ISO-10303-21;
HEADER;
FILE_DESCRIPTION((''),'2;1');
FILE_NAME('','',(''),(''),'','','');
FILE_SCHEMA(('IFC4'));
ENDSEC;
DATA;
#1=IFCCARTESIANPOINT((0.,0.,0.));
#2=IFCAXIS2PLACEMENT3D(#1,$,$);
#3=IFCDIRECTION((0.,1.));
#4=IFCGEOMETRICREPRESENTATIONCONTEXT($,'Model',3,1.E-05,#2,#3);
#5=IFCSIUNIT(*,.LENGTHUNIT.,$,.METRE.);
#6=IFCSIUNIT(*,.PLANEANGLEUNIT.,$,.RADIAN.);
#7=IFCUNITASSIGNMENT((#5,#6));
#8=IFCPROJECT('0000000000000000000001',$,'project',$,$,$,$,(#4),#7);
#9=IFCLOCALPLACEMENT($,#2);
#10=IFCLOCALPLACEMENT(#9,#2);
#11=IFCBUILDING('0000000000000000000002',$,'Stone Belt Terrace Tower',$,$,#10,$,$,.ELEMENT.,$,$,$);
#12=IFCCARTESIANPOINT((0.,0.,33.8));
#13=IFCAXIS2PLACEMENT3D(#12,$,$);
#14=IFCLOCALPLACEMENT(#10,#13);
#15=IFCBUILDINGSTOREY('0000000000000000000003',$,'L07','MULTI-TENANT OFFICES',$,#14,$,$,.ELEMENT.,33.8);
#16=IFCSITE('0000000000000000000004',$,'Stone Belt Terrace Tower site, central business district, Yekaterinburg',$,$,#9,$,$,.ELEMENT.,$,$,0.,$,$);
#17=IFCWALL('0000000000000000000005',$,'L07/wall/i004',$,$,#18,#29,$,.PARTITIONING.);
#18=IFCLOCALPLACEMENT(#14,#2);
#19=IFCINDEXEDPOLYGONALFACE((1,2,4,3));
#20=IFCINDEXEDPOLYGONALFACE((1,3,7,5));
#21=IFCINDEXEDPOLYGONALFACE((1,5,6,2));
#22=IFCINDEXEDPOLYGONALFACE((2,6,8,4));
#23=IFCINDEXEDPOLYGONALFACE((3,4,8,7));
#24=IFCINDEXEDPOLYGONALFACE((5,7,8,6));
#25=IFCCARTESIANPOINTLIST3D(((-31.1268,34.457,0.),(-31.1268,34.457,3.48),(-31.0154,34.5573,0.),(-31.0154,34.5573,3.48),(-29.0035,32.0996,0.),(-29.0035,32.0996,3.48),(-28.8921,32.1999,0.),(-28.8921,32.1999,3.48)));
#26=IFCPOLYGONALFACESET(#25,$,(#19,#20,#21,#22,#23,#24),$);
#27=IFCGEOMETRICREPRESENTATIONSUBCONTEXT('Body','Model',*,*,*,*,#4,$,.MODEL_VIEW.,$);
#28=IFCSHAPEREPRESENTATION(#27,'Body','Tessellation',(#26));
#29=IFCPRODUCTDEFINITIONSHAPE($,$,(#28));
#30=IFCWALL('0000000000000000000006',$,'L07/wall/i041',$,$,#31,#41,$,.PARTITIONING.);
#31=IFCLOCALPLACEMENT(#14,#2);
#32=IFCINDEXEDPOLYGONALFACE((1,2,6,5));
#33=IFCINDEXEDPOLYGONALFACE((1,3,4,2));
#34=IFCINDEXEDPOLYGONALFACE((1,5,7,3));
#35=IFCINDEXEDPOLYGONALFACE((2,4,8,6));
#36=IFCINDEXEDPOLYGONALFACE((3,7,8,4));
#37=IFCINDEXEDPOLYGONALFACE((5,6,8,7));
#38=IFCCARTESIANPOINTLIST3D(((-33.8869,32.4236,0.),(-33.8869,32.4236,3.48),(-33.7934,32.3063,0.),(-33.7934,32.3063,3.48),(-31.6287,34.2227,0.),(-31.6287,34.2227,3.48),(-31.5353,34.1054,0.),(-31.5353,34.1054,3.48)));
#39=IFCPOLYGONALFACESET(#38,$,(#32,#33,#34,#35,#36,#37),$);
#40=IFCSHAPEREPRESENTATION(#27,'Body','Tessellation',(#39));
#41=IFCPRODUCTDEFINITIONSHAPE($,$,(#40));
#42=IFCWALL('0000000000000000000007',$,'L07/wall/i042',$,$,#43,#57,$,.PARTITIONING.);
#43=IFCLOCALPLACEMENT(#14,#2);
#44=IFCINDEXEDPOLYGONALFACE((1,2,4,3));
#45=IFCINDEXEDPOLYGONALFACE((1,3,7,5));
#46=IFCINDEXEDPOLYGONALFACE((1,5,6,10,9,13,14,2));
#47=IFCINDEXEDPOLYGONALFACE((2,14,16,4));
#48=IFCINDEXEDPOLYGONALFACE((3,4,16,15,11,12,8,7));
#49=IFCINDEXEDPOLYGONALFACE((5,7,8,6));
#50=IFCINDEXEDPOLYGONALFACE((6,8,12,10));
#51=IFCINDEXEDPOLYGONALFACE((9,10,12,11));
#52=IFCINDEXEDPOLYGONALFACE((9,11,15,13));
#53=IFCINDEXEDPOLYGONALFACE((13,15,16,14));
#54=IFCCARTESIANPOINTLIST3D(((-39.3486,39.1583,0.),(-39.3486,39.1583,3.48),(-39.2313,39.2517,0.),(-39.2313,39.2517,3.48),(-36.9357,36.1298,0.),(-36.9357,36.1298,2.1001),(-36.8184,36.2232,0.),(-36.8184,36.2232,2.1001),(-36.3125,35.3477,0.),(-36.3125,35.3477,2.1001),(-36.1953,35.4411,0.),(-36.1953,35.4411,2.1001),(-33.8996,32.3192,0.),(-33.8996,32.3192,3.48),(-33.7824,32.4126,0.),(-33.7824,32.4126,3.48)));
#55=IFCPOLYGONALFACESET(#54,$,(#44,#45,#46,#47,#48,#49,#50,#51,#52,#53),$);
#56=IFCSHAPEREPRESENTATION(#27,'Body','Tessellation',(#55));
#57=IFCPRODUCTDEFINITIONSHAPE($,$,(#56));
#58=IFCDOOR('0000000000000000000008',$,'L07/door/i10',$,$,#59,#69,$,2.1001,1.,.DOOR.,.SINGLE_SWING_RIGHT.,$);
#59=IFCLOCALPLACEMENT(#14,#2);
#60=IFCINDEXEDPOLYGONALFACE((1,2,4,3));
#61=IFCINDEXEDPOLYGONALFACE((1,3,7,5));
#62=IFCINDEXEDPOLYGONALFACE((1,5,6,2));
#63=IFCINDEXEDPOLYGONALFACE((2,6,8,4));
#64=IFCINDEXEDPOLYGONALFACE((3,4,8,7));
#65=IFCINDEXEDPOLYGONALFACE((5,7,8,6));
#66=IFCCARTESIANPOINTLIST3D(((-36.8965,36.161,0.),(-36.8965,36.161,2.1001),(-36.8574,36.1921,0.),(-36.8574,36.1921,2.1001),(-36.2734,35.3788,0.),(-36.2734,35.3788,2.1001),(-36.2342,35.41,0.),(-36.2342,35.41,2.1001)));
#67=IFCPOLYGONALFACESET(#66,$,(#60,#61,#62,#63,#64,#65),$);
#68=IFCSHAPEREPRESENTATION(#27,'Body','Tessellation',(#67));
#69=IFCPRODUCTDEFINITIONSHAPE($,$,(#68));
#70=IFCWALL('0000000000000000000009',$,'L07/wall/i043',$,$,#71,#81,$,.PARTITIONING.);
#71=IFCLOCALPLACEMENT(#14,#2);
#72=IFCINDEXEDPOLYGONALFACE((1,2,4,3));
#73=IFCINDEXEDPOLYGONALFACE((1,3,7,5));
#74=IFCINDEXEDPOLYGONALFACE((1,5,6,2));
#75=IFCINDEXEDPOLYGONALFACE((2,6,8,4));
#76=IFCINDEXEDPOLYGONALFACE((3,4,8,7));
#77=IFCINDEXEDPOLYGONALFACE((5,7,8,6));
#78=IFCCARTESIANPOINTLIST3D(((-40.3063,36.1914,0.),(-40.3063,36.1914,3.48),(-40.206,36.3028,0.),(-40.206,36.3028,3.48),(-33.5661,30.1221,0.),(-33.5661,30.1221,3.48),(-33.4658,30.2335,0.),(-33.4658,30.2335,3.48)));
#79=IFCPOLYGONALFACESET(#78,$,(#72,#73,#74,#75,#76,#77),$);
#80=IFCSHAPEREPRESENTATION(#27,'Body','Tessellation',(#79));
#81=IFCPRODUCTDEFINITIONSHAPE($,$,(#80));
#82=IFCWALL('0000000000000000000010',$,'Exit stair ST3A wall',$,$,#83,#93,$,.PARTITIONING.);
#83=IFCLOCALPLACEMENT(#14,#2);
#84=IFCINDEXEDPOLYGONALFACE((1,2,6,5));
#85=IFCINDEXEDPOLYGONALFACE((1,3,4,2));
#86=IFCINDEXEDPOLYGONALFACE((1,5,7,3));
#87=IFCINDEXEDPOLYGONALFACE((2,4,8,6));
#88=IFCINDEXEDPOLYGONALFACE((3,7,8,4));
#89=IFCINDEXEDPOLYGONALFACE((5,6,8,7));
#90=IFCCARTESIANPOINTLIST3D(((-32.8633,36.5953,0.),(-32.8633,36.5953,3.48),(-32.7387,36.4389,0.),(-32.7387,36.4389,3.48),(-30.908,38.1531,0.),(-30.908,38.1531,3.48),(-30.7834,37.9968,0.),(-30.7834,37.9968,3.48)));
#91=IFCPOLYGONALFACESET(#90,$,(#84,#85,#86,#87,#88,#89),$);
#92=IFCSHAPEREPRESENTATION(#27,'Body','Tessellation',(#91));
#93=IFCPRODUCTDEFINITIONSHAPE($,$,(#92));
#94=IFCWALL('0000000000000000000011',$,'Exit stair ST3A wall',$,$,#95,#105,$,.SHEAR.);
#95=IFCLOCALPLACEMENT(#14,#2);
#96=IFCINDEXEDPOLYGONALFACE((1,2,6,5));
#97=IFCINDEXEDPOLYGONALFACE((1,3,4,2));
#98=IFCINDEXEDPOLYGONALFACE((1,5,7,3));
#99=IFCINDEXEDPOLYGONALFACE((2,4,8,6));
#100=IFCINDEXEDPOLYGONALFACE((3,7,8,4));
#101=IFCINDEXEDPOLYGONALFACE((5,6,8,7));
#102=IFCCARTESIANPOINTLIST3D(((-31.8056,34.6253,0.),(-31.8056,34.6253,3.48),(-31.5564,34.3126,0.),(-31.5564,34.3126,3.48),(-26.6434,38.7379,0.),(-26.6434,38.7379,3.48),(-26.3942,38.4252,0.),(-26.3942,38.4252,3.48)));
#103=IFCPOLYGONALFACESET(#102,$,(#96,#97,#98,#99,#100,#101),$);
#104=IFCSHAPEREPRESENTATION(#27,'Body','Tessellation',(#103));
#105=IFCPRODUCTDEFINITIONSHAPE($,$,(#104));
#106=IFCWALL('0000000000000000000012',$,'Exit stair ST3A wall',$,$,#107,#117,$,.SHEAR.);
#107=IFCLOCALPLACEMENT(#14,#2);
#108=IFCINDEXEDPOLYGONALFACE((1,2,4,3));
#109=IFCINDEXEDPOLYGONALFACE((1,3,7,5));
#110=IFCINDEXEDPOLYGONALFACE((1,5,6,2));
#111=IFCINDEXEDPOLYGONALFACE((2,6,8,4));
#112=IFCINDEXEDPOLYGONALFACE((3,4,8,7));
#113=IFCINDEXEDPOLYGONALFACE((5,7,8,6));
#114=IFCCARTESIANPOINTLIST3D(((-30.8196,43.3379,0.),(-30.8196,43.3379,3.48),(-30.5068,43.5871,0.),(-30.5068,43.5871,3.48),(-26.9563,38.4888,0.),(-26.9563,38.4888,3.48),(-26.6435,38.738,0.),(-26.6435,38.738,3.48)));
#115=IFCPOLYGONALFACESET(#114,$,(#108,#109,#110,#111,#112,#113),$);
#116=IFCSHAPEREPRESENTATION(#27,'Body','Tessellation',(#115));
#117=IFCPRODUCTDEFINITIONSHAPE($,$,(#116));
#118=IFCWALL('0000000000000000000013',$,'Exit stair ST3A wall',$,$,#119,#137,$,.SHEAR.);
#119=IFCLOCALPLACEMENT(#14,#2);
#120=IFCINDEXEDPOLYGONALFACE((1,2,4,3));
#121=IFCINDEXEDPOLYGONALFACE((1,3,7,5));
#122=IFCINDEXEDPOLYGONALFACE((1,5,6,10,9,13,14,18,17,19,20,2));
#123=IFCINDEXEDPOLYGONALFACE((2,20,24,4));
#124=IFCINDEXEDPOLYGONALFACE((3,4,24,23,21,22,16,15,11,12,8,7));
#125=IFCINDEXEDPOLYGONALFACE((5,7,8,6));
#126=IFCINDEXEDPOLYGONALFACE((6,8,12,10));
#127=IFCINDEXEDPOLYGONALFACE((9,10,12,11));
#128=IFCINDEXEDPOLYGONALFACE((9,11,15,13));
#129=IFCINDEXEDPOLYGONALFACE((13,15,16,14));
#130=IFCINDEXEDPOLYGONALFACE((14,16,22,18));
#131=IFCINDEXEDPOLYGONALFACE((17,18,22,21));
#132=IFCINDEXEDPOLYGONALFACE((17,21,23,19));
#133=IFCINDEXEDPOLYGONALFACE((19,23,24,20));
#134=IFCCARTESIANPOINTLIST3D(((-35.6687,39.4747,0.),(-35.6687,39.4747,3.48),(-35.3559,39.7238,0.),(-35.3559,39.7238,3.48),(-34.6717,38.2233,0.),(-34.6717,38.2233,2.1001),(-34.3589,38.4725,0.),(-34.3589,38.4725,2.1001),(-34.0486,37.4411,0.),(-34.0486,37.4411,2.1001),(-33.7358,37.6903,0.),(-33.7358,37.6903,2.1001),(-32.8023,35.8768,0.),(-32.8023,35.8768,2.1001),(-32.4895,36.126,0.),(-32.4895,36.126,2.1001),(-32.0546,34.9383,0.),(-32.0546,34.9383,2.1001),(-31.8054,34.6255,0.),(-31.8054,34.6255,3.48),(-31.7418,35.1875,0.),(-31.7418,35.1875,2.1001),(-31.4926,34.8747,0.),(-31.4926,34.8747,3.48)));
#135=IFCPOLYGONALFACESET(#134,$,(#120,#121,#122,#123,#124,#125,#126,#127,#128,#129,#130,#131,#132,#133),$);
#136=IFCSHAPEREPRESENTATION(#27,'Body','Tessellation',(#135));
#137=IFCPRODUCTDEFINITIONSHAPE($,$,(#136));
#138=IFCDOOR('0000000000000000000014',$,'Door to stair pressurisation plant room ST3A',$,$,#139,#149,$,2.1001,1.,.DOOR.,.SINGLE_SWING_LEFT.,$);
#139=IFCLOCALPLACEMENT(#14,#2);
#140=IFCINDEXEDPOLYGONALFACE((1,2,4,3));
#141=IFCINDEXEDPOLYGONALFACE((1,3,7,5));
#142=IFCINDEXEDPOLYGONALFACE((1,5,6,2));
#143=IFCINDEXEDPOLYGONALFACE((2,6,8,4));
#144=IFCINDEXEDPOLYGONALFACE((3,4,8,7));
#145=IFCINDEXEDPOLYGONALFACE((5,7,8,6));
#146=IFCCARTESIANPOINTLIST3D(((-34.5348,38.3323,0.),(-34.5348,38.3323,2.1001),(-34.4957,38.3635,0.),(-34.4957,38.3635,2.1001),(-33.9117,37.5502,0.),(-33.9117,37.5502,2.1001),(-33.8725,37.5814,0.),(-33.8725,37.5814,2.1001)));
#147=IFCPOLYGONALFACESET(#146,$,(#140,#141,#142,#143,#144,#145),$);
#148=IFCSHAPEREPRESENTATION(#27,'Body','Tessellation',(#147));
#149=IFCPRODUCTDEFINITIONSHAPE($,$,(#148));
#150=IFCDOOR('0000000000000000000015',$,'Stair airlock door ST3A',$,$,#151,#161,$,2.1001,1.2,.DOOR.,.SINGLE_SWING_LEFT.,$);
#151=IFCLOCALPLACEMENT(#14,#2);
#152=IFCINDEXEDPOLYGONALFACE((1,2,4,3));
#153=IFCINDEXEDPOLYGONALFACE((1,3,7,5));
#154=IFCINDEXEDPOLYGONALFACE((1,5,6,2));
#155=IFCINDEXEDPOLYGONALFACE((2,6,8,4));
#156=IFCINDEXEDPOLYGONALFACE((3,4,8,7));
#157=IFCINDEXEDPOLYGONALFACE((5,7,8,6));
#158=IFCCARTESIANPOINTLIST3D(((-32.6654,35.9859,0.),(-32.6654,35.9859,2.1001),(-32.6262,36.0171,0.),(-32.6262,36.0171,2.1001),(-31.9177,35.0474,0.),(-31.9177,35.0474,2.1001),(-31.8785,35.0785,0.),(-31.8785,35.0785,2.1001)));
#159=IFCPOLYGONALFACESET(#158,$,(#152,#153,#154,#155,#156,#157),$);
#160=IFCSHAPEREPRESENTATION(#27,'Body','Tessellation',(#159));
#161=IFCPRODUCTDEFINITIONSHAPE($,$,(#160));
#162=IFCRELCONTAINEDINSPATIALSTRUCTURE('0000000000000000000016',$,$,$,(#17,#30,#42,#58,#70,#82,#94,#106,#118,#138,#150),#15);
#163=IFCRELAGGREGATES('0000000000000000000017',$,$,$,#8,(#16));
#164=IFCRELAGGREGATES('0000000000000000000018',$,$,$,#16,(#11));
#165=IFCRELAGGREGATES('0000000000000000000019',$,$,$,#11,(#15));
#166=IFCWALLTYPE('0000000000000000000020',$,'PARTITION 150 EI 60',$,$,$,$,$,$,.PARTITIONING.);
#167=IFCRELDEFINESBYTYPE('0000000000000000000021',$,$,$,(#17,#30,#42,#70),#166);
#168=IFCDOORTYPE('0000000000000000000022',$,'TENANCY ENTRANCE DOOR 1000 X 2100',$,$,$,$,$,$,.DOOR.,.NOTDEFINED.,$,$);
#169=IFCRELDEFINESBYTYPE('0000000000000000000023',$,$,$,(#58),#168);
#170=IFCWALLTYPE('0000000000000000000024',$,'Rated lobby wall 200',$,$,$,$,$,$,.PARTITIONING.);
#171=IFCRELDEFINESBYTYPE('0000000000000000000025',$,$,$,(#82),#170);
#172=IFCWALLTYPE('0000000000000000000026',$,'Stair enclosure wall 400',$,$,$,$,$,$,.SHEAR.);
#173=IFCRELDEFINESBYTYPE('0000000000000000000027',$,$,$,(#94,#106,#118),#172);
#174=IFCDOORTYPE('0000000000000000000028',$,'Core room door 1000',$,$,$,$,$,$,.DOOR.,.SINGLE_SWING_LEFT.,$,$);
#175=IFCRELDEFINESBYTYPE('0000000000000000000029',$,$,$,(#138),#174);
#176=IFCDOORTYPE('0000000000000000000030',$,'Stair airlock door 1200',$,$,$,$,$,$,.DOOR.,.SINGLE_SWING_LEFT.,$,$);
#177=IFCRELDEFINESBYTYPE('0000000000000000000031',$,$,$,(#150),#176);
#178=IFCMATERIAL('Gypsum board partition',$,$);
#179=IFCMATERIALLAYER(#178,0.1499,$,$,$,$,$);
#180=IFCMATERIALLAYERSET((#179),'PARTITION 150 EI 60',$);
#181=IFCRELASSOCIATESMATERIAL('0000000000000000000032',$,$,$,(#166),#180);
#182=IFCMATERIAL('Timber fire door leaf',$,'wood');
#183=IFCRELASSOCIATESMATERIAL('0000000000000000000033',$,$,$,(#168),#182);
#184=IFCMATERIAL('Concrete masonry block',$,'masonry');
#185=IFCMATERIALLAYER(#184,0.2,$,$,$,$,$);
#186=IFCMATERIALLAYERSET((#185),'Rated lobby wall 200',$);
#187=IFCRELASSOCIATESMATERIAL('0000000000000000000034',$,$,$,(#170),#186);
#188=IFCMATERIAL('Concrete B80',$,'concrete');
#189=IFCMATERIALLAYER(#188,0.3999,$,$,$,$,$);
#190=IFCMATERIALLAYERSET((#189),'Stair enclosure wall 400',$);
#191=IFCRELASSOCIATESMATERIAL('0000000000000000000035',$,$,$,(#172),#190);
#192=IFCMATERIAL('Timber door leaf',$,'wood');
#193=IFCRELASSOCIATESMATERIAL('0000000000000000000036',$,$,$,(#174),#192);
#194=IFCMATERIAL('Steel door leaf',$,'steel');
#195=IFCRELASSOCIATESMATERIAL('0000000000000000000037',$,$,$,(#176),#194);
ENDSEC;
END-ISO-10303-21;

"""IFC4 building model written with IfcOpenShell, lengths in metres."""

from ifc_helpers import new_model, si_unit, direction, frame, frame_2d, origin, place, context, subcontext, project, spatial, rectangle, extrude, material, layer, layer_set, type_object, element, fill, save


model = new_model("IFC4")

# Units and contexts
model_context = context("Model", 3, precision=1e-05, world=origin(), true_north=direction((0.0, 1.0)))
body_context = subcontext(model_context, "Body", "Model", "MODEL_VIEW")
ifc_project = project(units=[si_unit("LENGTHUNIT", "METRE"), si_unit("PLANEANGLEUNIT", "RADIAN")], contexts=[model_context])

# Site, building, storey
site_placement = place(None, origin())
site = spatial("IfcSite", under=ifc_project, at=site_placement, Name="Stone Belt Terrace Tower site, central business district, Yekaterinburg", CompositionType="ELEMENT", RefElevation=0.0)
building_placement = place(site_placement, origin())
building = spatial("IfcBuilding", under=site, at=building_placement, Name="Stone Belt Terrace Tower", CompositionType="ELEMENT")
storey_placement = place(building_placement, frame((0.0, 0.0, 33.8)))
storey = spatial("IfcBuildingStorey", under=building, at=storey_placement, Name="L07", Description="MULTI-TENANT OFFICES", CompositionType="ELEMENT", Elevation=33.8)

# Shared definitions
ifc_material_1 = material(Name="Concrete B80", Category="concrete")

# Walls
ifc_material_2 = material(Name="Gypsum board partition")
ifc_layer_1 = layer(ifc_material_2, 0.1499)
ifc_layer_set_1 = layer_set([ifc_layer_1], Name="PARTITION 150 EI 60")
wall_type_1 = type_object("IfcWallType", Name="PARTITION 150 EI 60", PredefinedType="PARTITIONING", material=ifc_layer_set_1)
wall_1_placement = place(storey_placement, frame((-28.9478, 32.1497, 0.0), z_axis=(0.0, 0.0, 1.0), x_axis=(-0.669245, 0.743042, 0.0)))
element("IfcWall", 1, at=wall_1_placement, inside=storey, type_object=wall_type_1, Name="L07/wall/i004", PredefinedType="PARTITIONING", context=body_context, shape_type="SweptSolid", body=[
    extrude(rectangle(XDim=3.1726, YDim=0.1499, at=frame_2d((1.5864, 0.0))), origin(), (0.0, 0.0, 1.0), 3.48),
])
wall_2_placement = place(storey_placement, frame((-31.582, 34.1641, 0.0), z_axis=(0.0, 0.0, 1.0), x_axis=(-0.782113, -0.623137, 0.0)))
element("IfcWall", 2, at=wall_2_placement, inside=storey, type_object=wall_type_1, Name="L07/wall/i041", PredefinedType="PARTITIONING", context=body_context, shape_type="SweptSolid", body=[
    extrude(rectangle(XDim=2.8872, YDim=0.1499, at=frame_2d((1.4436, 0.0))), origin(), (0.0, 0.0, 1.0), 3.48),
])

# Wall, opening, door
wall_3_placement = place(storey_placement, frame((-33.8411, 32.366, 0.0), z_axis=(0.0, 0.0, 1.0), x_axis=(-0.623138, 0.782112, 0.0)))
wall_3 = element("IfcWall", 3, at=wall_3_placement, inside=storey, type_object=wall_type_1, Name="L07/wall/i042", PredefinedType="PARTITIONING", context=body_context, shape_type="SweptSolid", body=[
    extrude(rectangle(XDim=8.7444, YDim=0.1499, at=frame_2d((4.3721, 0.0))), origin(), (0.0, 0.0, 1.0), 3.48),
])
opening_1_placement = place(wall_3_placement, frame((3.8721, 0.0, 0.0)))
opening_1 = element("IfcOpeningElement", 4, at=opening_1_placement, cuts=wall_3, PredefinedType="OPENING", context=body_context, shape_type="SweptSolid", body=[
    extrude(rectangle(XDim=1.0, YDim=2.1001, at=frame_2d((0.5, 1.05))), frame((0.0, 0.085, 0.0), z_axis=(0.0, -1.0, 0.0), x_axis=(1.0, 0.0, 0.0)), (0.0, 0.0, 1.0), 0.1699),
])
ifc_material_3 = material(Name="Timber fire door leaf", Category="wood")
door_type_1 = type_object("IfcDoorType", Name="TENANCY ENTRANCE DOOR 1000 X 2100", OperationType="NOTDEFINED", PredefinedType="DOOR", material=ifc_material_3)
door_1_placement = place(opening_1_placement, origin())
door_1 = element("IfcDoor", 5, at=door_1_placement, inside=storey, type_object=door_type_1, Name="L07/door/i10", OperationType="SINGLE_SWING_RIGHT", OverallHeight=2.1001, OverallWidth=1.0, PredefinedType="DOOR", context=body_context, shape_type="SweptSolid", body=[
    extrude(rectangle(XDim=1.0, YDim=2.1001, at=frame_2d((0.5, 1.05))), frame((0.0, 0.0249, 0.0), z_axis=(0.0, -1.0, 0.0), x_axis=(1.0, 0.0, 0.0)), (0.0, 0.0, 1.0), 0.05),
])
fill(opening_1, door_1)

# Walls
wall_4_placement = place(storey_placement, frame((-33.5159, 30.1777, 0.0), z_axis=(0.0, 0.0, 1.0), x_axis=(-0.743123, 0.669155, 0.0)))
element("IfcWall", 6, at=wall_4_placement, inside=storey, type_object=wall_type_1, Name="L07/wall/i043", PredefinedType="PARTITIONING", context=body_context, shape_type="SweptSolid", body=[
    extrude(rectangle(XDim=9.0701, YDim=0.1499, at=frame_2d((4.5352, 0.0))), origin(), (0.0, 0.0, 1.0), 3.48),
])
ifc_material_4 = material(Name="Concrete masonry block", Category="masonry")
ifc_layer_2 = layer(ifc_material_4, 0.2)
ifc_layer_set_2 = layer_set([ifc_layer_2], Name="Rated lobby wall 200")
wall_type_2 = type_object("IfcWallType", Name="Rated lobby wall 200", PredefinedType="PARTITIONING", material=ifc_layer_set_2)
wall_5_placement = place(storey_placement, frame((-30.8457, 38.075, 0.0), z_axis=(0.0, 0.0, 1.0), x_axis=(-0.782115, -0.623134, 0.0)))
element("IfcWall", 7, at=wall_5_placement, inside=storey, type_object=wall_type_2, Name="Exit stair ST3A wall", PredefinedType="PARTITIONING", context=body_context, shape_type="SweptSolid", body=[
    extrude(rectangle(XDim=2.5, YDim=0.2, at=frame_2d((1.25, 0.0))), origin(), (0.0, 0.0, 1.0), 3.48),
])
ifc_layer_3 = layer(ifc_material_1, 0.3999)
ifc_layer_set_3 = layer_set([ifc_layer_3], Name="Stair enclosure wall 400")
wall_type_3 = type_object("IfcWallType", Name="Stair enclosure wall 400", PredefinedType="SHEAR", material=ifc_layer_set_3)
wall_6_placement = place(storey_placement, frame((-26.5188, 38.5815, 0.0), z_axis=(0.0, 0.0, 1.0), x_axis=(-0.782134, -0.62311, 0.0)))
element("IfcWall", 8, at=wall_6_placement, inside=storey, type_object=wall_type_3, Name="Exit stair ST3A wall", PredefinedType="SHEAR", context=body_context, shape_type="SweptSolid", body=[
    extrude(rectangle(XDim=6.6001, YDim=0.3999, at=frame_2d((3.3, 0.0))), origin(), (0.0, 0.0, 1.0), 3.48),
])
wall_7_placement = place(storey_placement, frame((-26.7998, 38.6133, 0.0), z_axis=(0.0, 0.0, 1.0), x_axis=(-0.623119, 0.782127, 0.0)))
element("IfcWall", 9, at=wall_7_placement, inside=storey, type_object=wall_type_3, Name="Exit stair ST3A wall", PredefinedType="SHEAR", context=body_context, shape_type="SweptSolid", body=[
    extrude(rectangle(XDim=6.2, YDim=0.3999, at=frame_2d((3.1001, 0.0))), origin(), (0.0, 0.0, 1.0), 3.48),
])

# Wall, openings, doors
wall_8_placement = place(storey_placement, frame((-31.6489, 34.75, 0.0), z_axis=(0.0, 0.0, 1.0), x_axis=(-0.623119, 0.782127, 0.0)))
wall_8 = element("IfcWall", 10, at=wall_8_placement, inside=storey, type_object=wall_type_3, Name="Exit stair ST3A wall", PredefinedType="SHEAR", context=body_context, shape_type="SweptSolid", body=[
    extrude(rectangle(XDim=6.2, YDim=0.3999, at=frame_2d((3.1001, 0.0))), origin(), (0.0, 0.0, 1.0), 3.48),
])
opening_2_placement = place(wall_8_placement, frame((0.3999, 0.0, 0.0)))
opening_2 = element("IfcOpeningElement", 11, at=opening_2_placement, cuts=wall_8, PredefinedType="OPENING", context=body_context, shape_type="SweptSolid", body=[
    extrude(rectangle(XDim=1.2, YDim=2.1001, at=frame_2d((0.6001, 1.05))), frame((0.0, 0.21, 0.0), z_axis=(0.0, -1.0, 0.0), x_axis=(1.0, 0.0, 0.0)), (0.0, 0.0, 1.0), 0.4199),
])
opening_3_placement = place(wall_8_placement, frame((3.6001, 0.0, 0.0)))
opening_3 = element("IfcOpeningElement", 12, at=opening_3_placement, cuts=wall_8, PredefinedType="OPENING", context=body_context, shape_type="SweptSolid", body=[
    extrude(rectangle(XDim=1.0, YDim=2.1001, at=frame_2d((0.5, 1.05))), frame((0.0, 0.21, 0.0), z_axis=(0.0, -1.0, 0.0), x_axis=(1.0, 0.0, 0.0)), (0.0, 0.0, 1.0), 0.4199),
])
ifc_material_5 = material(Name="Timber door leaf", Category="wood")
door_type_2 = type_object("IfcDoorType", Name="Core room door 1000", OperationType="SINGLE_SWING_LEFT", PredefinedType="DOOR", material=ifc_material_5)
door_2_placement = place(opening_3_placement, origin())
door_2 = element("IfcDoor", 13, at=door_2_placement, inside=storey, type_object=door_type_2, Name="Door to stair pressurisation plant room ST3A", OperationType="SINGLE_SWING_LEFT", OverallHeight=2.1001, OverallWidth=1.0, PredefinedType="DOOR", context=body_context, shape_type="SweptSolid", body=[
    extrude(rectangle(XDim=1.0, YDim=2.1001, at=frame_2d((0.5, 1.05))), frame((0.0, 0.0249, 0.0), z_axis=(0.0, -1.0, 0.0), x_axis=(1.0, 0.0, 0.0)), (0.0, 0.0, 1.0), 0.05),
])
fill(opening_3, door_2)
ifc_material_6 = material(Name="Steel door leaf", Category="steel")
door_type_3 = type_object("IfcDoorType", Name="Stair airlock door 1200", OperationType="SINGLE_SWING_LEFT", PredefinedType="DOOR", material=ifc_material_6)
door_3_placement = place(opening_2_placement, origin())
door_3 = element("IfcDoor", 14, at=door_3_placement, inside=storey, type_object=door_type_3, Name="Stair airlock door ST3A", OperationType="SINGLE_SWING_LEFT", OverallHeight=2.1001, OverallWidth=1.2, PredefinedType="DOOR", context=body_context, shape_type="SweptSolid", body=[
    extrude(rectangle(XDim=1.2, YDim=2.1001, at=frame_2d((0.6001, 1.05))), frame((0.0, 0.0249, 0.0), z_axis=(0.0, -1.0, 0.0), x_axis=(1.0, 0.0, 0.0)), (0.0, 0.0, 1.0), 0.05),
])
fill(opening_2, door_3)

save(model, "model.ifc")
